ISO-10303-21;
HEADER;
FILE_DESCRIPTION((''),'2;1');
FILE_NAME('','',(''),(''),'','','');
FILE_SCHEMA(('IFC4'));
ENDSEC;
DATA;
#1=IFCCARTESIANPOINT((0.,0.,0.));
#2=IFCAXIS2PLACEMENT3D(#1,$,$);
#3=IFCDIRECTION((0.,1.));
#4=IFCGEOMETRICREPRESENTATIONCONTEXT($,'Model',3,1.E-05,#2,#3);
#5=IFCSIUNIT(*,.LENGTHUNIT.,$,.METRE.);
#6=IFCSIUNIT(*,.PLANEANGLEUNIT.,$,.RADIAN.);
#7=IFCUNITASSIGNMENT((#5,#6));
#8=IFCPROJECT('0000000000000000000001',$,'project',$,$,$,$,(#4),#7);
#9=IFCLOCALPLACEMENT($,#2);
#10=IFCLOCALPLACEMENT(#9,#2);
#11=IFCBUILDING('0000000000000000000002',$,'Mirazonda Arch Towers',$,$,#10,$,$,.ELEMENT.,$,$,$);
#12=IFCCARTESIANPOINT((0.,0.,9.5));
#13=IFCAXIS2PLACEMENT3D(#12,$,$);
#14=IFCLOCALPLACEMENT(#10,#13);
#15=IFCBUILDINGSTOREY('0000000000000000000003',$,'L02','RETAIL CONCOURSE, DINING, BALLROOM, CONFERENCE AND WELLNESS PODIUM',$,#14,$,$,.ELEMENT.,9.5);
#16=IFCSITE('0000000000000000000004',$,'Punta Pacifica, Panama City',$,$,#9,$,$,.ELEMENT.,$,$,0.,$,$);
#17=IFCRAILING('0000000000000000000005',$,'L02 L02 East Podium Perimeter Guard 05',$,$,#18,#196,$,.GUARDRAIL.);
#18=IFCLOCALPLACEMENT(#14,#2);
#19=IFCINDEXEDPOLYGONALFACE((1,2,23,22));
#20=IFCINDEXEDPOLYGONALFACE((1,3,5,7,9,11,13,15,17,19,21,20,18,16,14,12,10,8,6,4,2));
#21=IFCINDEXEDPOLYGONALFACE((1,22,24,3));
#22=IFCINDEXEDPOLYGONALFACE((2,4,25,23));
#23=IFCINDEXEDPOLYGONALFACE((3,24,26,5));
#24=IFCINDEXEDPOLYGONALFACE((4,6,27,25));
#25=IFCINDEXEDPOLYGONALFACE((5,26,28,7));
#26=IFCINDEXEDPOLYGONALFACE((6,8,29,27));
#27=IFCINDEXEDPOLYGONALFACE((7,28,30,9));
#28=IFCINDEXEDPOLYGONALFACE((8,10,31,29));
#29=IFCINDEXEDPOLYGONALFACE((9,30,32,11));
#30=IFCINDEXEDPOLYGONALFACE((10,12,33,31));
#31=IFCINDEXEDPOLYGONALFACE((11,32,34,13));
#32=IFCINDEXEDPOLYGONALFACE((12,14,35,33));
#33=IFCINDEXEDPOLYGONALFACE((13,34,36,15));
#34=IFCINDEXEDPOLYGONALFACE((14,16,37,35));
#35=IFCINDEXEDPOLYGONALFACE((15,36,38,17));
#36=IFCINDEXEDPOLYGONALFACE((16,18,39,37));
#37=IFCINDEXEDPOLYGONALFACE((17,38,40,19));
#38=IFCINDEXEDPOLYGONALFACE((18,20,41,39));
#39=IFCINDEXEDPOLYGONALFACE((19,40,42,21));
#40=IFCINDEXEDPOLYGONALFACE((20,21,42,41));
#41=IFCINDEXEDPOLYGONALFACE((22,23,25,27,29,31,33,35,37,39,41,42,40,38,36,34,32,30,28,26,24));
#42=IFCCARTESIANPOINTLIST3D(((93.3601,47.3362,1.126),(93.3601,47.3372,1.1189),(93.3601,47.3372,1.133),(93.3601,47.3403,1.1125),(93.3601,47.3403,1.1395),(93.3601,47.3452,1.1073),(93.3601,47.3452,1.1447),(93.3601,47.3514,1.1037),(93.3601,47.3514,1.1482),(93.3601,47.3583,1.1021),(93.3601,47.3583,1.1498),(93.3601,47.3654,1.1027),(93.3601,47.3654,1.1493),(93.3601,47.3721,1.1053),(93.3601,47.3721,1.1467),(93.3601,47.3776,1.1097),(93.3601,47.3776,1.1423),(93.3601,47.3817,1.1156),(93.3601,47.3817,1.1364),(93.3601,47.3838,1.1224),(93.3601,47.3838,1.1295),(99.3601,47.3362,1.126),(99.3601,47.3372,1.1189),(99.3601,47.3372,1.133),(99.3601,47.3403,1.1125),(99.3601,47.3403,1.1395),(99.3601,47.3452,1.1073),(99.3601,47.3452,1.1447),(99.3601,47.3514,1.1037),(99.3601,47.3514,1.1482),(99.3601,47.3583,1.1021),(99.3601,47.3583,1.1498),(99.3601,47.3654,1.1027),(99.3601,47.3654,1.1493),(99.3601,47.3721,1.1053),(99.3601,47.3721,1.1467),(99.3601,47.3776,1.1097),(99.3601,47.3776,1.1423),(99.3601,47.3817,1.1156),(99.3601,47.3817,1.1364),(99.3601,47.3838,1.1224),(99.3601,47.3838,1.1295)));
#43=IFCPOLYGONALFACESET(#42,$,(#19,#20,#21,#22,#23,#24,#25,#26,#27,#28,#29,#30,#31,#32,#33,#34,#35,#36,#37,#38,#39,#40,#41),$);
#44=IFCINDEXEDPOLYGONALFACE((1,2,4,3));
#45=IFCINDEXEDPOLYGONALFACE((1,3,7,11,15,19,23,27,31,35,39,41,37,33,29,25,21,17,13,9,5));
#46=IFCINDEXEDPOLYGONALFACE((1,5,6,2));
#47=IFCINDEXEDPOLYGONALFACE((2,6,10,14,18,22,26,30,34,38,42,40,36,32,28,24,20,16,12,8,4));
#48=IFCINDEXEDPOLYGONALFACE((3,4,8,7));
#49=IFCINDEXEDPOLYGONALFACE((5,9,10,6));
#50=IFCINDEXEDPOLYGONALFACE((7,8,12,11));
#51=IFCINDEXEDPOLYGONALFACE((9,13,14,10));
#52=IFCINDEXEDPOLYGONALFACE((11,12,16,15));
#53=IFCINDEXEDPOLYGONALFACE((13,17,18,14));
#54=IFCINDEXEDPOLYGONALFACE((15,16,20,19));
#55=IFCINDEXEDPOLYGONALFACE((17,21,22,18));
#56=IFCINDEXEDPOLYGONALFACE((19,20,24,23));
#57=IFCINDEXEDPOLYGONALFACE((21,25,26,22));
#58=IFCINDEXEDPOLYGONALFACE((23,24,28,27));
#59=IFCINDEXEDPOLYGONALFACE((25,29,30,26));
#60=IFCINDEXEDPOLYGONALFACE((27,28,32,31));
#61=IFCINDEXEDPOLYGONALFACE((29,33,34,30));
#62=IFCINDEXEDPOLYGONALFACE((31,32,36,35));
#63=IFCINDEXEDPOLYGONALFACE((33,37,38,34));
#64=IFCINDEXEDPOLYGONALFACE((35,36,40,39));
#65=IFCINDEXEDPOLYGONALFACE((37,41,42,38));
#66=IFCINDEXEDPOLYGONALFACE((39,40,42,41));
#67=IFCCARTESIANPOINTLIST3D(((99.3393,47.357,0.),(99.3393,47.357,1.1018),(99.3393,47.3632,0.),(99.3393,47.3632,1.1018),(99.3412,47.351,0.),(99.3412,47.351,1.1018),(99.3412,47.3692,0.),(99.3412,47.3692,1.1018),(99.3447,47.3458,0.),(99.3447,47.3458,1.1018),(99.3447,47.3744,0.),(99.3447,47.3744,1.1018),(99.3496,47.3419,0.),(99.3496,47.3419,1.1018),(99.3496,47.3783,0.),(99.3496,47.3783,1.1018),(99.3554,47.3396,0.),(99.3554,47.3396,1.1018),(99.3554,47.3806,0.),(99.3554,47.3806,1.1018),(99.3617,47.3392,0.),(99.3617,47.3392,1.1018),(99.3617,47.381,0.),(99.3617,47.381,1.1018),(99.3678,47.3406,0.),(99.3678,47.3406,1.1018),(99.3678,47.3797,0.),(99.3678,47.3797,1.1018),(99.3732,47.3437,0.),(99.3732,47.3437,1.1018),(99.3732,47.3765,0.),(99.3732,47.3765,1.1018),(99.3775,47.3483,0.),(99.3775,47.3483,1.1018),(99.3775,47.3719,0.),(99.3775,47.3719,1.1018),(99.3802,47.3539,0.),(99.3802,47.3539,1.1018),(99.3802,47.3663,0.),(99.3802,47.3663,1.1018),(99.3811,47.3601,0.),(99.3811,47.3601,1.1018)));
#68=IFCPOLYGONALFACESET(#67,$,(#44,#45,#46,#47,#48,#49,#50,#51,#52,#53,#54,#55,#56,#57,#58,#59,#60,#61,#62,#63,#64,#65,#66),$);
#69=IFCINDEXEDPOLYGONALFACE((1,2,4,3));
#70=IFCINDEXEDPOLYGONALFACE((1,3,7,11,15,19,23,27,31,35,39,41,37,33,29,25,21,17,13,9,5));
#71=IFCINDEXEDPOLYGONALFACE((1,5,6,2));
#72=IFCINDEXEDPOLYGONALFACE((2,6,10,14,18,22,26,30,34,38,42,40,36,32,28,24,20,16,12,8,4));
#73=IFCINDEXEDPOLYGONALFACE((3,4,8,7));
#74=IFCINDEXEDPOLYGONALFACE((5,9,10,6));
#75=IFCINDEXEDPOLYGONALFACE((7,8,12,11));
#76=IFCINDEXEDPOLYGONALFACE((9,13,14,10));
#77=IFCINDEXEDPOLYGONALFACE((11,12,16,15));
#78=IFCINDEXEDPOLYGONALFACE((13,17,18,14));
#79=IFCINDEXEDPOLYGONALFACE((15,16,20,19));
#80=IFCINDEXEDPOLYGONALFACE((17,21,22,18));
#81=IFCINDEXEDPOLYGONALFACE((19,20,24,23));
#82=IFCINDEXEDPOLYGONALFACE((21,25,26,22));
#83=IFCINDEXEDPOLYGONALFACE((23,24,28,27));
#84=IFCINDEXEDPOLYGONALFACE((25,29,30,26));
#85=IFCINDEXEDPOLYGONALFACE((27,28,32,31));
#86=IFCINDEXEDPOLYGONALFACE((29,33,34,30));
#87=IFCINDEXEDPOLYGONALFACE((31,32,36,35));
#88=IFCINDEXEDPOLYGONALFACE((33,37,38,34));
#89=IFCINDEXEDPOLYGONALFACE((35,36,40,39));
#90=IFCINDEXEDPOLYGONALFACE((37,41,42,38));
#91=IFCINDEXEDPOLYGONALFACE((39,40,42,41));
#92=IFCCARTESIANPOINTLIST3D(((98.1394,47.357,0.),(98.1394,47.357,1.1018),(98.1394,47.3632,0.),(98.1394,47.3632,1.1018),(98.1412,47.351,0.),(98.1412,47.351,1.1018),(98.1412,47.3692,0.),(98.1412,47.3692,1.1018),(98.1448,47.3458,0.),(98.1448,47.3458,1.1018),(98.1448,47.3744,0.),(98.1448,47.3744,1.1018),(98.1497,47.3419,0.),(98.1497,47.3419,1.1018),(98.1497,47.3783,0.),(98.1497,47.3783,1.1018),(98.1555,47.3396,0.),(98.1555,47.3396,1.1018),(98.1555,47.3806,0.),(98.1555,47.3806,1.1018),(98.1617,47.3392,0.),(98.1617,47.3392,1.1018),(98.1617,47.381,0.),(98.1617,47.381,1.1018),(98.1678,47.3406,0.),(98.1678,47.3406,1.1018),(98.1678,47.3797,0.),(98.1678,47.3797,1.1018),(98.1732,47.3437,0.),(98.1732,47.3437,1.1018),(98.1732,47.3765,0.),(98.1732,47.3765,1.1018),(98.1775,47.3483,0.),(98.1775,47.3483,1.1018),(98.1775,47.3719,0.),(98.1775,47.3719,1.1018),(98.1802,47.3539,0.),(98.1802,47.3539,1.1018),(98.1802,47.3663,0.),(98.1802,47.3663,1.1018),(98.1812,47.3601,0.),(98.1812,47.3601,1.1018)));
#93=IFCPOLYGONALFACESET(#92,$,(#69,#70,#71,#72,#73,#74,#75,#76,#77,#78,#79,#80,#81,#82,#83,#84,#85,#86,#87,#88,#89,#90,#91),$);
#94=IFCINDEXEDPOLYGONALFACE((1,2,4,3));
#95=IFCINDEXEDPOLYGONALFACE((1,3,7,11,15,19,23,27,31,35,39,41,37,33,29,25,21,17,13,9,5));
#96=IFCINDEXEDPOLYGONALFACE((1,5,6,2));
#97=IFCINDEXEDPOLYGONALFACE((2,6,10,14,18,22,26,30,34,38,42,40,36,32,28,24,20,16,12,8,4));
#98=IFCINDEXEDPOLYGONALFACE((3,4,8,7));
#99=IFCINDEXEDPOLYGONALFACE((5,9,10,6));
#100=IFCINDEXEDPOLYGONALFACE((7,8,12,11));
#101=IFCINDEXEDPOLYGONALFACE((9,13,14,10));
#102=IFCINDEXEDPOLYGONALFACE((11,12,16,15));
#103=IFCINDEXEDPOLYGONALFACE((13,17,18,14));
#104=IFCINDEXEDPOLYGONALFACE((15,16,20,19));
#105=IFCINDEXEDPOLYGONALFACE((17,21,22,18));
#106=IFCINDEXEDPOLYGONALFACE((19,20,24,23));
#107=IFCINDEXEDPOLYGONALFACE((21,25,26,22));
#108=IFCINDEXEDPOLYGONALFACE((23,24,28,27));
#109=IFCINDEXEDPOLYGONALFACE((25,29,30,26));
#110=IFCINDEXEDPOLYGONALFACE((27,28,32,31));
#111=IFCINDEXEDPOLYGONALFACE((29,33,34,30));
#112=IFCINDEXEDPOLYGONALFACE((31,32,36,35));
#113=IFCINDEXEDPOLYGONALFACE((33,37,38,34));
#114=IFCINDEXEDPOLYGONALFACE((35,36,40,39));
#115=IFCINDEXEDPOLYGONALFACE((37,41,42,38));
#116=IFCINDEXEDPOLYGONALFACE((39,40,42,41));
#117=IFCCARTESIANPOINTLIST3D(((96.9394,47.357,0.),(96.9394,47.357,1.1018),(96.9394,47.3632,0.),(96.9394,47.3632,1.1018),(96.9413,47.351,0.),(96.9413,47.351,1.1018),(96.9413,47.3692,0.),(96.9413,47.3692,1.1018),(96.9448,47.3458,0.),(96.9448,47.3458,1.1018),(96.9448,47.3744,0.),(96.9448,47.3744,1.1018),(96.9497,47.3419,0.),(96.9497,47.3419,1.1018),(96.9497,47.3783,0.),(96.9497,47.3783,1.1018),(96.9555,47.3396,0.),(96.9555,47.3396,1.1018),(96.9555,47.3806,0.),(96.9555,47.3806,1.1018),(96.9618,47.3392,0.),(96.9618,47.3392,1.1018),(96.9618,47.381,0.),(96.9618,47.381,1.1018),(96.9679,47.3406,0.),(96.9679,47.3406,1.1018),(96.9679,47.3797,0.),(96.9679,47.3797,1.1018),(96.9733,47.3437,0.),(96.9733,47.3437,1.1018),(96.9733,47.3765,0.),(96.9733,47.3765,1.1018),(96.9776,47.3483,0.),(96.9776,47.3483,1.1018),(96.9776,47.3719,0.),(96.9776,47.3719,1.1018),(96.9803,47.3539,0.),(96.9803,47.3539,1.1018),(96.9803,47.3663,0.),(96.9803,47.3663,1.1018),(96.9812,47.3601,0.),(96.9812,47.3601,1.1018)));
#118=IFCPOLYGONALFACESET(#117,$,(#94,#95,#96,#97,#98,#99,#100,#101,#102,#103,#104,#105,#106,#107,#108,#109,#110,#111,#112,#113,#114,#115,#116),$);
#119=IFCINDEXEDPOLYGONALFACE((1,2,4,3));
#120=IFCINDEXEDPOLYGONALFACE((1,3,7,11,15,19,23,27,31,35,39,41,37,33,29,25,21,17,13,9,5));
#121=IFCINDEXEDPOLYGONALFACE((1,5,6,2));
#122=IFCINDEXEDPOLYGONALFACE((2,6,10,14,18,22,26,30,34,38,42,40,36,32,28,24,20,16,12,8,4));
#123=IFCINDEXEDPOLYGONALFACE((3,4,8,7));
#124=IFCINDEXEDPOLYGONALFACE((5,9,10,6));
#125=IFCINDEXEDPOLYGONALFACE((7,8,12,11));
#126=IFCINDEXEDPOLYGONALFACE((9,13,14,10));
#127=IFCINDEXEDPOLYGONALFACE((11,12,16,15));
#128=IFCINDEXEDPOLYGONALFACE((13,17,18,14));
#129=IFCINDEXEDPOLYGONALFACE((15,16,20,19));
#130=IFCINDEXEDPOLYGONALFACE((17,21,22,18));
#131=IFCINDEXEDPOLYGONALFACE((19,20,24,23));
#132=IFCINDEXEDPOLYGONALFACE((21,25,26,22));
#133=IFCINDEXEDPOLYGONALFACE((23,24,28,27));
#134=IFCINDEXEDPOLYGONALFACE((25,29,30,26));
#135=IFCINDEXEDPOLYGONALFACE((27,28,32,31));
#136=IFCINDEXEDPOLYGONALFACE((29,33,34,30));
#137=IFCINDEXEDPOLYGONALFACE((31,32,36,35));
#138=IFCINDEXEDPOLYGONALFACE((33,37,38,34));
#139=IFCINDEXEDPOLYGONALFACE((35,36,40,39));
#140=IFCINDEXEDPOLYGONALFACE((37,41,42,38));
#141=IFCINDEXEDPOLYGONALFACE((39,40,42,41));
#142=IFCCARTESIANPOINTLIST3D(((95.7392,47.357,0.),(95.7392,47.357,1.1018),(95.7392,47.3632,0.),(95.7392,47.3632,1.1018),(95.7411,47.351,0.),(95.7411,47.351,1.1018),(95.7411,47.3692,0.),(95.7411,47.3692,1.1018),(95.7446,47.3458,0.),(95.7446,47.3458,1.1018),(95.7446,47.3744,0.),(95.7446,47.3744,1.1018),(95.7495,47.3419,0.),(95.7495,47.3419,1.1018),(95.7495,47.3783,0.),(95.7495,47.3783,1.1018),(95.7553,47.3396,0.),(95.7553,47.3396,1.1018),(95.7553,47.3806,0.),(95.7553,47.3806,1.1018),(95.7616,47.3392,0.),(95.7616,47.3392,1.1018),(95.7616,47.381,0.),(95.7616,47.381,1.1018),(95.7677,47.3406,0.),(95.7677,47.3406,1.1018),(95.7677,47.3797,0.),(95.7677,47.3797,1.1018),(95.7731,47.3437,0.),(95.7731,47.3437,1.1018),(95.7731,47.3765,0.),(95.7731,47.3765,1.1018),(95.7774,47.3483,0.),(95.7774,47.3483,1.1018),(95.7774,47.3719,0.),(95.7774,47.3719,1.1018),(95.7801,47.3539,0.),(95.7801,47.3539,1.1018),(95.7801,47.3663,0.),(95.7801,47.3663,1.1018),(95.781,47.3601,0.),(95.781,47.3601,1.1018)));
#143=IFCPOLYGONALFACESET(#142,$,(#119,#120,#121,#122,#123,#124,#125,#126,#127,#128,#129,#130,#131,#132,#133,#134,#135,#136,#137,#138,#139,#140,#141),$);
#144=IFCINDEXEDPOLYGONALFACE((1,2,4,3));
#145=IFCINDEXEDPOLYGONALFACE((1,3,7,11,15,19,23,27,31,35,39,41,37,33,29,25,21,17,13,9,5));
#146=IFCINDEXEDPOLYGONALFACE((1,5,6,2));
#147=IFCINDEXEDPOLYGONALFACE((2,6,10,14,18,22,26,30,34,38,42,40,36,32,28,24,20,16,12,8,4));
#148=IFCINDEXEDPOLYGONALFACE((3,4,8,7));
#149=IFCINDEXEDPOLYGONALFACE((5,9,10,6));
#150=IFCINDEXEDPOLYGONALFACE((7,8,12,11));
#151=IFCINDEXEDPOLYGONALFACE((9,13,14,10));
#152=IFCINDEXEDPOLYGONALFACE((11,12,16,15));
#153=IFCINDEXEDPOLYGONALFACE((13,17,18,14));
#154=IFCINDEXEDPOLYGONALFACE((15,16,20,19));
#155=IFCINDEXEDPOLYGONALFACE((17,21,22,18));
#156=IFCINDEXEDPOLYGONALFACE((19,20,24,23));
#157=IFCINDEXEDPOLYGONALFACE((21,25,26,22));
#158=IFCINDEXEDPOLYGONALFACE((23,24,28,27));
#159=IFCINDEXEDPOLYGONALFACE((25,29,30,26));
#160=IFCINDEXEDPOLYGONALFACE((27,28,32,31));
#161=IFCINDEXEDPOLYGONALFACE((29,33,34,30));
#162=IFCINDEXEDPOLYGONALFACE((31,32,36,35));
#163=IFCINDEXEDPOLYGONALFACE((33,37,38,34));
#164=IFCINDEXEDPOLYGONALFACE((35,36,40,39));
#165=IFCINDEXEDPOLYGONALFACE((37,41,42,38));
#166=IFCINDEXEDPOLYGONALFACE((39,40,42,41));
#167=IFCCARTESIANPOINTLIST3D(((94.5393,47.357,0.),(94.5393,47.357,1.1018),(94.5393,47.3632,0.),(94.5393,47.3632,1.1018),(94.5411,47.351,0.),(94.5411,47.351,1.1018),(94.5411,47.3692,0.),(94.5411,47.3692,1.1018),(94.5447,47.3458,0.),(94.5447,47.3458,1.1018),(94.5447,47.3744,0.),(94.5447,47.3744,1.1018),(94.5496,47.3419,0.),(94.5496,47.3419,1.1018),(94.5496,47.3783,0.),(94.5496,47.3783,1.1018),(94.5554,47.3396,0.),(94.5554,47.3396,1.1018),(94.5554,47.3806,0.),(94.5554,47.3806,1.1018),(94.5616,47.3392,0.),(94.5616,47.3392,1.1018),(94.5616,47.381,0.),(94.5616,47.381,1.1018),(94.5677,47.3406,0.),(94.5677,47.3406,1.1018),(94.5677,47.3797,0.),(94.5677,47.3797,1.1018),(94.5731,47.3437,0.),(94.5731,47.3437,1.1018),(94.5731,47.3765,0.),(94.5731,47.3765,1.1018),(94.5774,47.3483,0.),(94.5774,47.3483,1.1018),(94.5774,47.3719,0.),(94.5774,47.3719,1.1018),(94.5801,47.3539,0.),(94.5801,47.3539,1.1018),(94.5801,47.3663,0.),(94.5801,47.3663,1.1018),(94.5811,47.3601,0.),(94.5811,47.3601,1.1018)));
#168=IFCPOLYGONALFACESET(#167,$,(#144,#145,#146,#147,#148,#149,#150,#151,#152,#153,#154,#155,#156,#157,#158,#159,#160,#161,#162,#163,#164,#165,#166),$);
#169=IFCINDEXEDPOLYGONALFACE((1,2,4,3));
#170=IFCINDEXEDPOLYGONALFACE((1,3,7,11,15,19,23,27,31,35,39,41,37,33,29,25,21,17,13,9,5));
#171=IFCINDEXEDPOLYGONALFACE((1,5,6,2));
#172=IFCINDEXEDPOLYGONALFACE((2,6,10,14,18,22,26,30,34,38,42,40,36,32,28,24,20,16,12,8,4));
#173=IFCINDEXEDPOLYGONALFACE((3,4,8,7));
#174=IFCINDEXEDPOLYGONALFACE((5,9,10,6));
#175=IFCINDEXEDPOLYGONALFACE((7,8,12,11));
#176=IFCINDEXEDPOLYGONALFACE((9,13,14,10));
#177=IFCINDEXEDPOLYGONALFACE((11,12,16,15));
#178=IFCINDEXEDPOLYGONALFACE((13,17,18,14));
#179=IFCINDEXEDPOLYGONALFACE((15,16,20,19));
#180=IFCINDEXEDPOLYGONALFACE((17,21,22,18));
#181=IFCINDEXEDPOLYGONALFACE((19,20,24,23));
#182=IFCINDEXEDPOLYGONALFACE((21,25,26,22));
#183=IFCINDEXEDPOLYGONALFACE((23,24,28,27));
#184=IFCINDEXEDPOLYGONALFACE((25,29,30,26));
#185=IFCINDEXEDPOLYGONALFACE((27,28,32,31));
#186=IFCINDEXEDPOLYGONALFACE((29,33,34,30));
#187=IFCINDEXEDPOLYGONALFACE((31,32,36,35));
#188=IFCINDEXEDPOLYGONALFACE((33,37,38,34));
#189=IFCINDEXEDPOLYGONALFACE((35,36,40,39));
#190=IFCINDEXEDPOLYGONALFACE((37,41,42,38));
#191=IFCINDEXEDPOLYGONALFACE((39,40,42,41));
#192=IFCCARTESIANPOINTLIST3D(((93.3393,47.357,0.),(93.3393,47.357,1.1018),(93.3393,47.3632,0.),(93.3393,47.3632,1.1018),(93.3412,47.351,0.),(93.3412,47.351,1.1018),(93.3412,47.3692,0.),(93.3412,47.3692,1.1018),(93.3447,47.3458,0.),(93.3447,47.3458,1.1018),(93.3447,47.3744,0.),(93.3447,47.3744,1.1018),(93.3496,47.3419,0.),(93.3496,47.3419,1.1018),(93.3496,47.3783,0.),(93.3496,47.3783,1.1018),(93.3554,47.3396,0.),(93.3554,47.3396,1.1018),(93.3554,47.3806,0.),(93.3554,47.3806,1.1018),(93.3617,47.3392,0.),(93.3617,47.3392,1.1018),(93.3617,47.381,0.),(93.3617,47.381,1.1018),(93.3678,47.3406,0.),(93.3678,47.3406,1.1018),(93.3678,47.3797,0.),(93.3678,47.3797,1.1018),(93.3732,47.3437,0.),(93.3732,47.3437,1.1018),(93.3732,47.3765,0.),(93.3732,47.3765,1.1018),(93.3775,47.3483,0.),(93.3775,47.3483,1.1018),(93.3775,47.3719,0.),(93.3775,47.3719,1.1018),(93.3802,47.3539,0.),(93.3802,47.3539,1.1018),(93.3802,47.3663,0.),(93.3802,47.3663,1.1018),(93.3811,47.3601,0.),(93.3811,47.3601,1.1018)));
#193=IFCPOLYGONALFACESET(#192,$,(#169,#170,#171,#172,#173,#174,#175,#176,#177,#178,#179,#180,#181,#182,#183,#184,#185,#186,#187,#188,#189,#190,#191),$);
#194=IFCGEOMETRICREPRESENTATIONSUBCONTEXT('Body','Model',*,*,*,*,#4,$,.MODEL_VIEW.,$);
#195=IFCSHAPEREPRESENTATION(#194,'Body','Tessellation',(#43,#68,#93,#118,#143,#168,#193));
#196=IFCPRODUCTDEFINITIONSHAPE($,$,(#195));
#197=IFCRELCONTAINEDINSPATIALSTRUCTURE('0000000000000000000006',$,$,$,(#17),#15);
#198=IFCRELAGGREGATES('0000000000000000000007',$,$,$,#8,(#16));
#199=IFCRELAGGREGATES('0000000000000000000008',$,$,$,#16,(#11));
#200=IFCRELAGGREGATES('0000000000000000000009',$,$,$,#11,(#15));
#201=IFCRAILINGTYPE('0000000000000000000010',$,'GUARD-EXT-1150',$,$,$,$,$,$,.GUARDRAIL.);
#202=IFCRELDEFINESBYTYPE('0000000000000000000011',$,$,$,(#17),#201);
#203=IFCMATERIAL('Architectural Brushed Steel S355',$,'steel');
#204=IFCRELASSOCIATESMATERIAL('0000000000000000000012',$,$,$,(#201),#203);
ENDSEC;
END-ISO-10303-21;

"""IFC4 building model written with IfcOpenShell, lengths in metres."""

from ifc_helpers import new_model, si_unit, direction, frame, origin, origin_2d, place, context, subcontext, project, spatial, circle, extrude, material, type_object, element, save


model = new_model("IFC4")

# Units and contexts
model_context = context("Model", 3, precision=1e-05, world=origin(), true_north=direction((0.0, 1.0)))
body_context = subcontext(model_context, "Body", "Model", "MODEL_VIEW")
ifc_project = project(units=[si_unit("LENGTHUNIT", "METRE"), si_unit("PLANEANGLEUNIT", "RADIAN")], contexts=[model_context])

# Site, building, storey
site_placement = place(None, origin())
site = spatial("IfcSite", under=ifc_project, at=site_placement, Name="Punta Pacifica, Panama City", CompositionType="ELEMENT", RefElevation=0.0)
building_placement = place(site_placement, origin())
building = spatial("IfcBuilding", under=site, at=building_placement, Name="Mirazonda Arch Towers", CompositionType="ELEMENT")
storey_placement = place(building_placement, frame((0.0, 0.0, 9.5)))
storey = spatial("IfcBuildingStorey", under=building, at=storey_placement, Name="L02", Description="RETAIL CONCOURSE, DINING, BALLROOM, CONFERENCE AND WELLNESS PODIUM", CompositionType="ELEMENT", Elevation=9.5)

# Shared definitions
ifc_material_1 = material(Name="Architectural Brushed Steel S355", Category="steel")

# Railing
railing_type = type_object("IfcRailingType", Name="GUARD-EXT-1150", PredefinedType="GUARDRAIL", material=ifc_material_1)
railing_1_placement = place(storey_placement, frame((99.3601, 47.3601, 0.0)))
element("IfcRailing", 1, at=railing_1_placement, inside=storey, type_object=railing_type, Name="L02 L02 East Podium Perimeter Guard 05", PredefinedType="GUARDRAIL", context=body_context, shape_type="SweptSolid", body=[
    extrude(circle(Radius=0.0239, at=origin_2d()), frame((0.0, 0.0, 1.126), z_axis=(-1.0, 0.0, 0.0), x_axis=(0.0, -1.0, 0.0)), (0.0, 0.0, 1.0), 6.0),
    extrude(circle(Radius=0.021, at=origin_2d()), origin(), (0.0, 0.0, 1.0), 1.1018),
    extrude(circle(Radius=0.021, at=origin_2d()), frame((-1.2, 0.0, 0.0)), (0.0, 0.0, 1.0), 1.1018),
    extrude(circle(Radius=0.021, at=origin_2d()), frame((-2.3999, 0.0, 0.0)), (0.0, 0.0, 1.0), 1.1018),
    extrude(circle(Radius=0.021, at=origin_2d()), frame((-3.6001, 0.0, 0.0)), (0.0, 0.0, 1.0), 1.1018),
    extrude(circle(Radius=0.021, at=origin_2d()), frame((-4.8, 0.0, 0.0)), (0.0, 0.0, 1.0), 1.1018),
    extrude(circle(Radius=0.021, at=origin_2d()), frame((-6.0, 0.0, 0.0)), (0.0, 0.0, 1.0), 1.1018),
])

save(model, "model.ifc")
